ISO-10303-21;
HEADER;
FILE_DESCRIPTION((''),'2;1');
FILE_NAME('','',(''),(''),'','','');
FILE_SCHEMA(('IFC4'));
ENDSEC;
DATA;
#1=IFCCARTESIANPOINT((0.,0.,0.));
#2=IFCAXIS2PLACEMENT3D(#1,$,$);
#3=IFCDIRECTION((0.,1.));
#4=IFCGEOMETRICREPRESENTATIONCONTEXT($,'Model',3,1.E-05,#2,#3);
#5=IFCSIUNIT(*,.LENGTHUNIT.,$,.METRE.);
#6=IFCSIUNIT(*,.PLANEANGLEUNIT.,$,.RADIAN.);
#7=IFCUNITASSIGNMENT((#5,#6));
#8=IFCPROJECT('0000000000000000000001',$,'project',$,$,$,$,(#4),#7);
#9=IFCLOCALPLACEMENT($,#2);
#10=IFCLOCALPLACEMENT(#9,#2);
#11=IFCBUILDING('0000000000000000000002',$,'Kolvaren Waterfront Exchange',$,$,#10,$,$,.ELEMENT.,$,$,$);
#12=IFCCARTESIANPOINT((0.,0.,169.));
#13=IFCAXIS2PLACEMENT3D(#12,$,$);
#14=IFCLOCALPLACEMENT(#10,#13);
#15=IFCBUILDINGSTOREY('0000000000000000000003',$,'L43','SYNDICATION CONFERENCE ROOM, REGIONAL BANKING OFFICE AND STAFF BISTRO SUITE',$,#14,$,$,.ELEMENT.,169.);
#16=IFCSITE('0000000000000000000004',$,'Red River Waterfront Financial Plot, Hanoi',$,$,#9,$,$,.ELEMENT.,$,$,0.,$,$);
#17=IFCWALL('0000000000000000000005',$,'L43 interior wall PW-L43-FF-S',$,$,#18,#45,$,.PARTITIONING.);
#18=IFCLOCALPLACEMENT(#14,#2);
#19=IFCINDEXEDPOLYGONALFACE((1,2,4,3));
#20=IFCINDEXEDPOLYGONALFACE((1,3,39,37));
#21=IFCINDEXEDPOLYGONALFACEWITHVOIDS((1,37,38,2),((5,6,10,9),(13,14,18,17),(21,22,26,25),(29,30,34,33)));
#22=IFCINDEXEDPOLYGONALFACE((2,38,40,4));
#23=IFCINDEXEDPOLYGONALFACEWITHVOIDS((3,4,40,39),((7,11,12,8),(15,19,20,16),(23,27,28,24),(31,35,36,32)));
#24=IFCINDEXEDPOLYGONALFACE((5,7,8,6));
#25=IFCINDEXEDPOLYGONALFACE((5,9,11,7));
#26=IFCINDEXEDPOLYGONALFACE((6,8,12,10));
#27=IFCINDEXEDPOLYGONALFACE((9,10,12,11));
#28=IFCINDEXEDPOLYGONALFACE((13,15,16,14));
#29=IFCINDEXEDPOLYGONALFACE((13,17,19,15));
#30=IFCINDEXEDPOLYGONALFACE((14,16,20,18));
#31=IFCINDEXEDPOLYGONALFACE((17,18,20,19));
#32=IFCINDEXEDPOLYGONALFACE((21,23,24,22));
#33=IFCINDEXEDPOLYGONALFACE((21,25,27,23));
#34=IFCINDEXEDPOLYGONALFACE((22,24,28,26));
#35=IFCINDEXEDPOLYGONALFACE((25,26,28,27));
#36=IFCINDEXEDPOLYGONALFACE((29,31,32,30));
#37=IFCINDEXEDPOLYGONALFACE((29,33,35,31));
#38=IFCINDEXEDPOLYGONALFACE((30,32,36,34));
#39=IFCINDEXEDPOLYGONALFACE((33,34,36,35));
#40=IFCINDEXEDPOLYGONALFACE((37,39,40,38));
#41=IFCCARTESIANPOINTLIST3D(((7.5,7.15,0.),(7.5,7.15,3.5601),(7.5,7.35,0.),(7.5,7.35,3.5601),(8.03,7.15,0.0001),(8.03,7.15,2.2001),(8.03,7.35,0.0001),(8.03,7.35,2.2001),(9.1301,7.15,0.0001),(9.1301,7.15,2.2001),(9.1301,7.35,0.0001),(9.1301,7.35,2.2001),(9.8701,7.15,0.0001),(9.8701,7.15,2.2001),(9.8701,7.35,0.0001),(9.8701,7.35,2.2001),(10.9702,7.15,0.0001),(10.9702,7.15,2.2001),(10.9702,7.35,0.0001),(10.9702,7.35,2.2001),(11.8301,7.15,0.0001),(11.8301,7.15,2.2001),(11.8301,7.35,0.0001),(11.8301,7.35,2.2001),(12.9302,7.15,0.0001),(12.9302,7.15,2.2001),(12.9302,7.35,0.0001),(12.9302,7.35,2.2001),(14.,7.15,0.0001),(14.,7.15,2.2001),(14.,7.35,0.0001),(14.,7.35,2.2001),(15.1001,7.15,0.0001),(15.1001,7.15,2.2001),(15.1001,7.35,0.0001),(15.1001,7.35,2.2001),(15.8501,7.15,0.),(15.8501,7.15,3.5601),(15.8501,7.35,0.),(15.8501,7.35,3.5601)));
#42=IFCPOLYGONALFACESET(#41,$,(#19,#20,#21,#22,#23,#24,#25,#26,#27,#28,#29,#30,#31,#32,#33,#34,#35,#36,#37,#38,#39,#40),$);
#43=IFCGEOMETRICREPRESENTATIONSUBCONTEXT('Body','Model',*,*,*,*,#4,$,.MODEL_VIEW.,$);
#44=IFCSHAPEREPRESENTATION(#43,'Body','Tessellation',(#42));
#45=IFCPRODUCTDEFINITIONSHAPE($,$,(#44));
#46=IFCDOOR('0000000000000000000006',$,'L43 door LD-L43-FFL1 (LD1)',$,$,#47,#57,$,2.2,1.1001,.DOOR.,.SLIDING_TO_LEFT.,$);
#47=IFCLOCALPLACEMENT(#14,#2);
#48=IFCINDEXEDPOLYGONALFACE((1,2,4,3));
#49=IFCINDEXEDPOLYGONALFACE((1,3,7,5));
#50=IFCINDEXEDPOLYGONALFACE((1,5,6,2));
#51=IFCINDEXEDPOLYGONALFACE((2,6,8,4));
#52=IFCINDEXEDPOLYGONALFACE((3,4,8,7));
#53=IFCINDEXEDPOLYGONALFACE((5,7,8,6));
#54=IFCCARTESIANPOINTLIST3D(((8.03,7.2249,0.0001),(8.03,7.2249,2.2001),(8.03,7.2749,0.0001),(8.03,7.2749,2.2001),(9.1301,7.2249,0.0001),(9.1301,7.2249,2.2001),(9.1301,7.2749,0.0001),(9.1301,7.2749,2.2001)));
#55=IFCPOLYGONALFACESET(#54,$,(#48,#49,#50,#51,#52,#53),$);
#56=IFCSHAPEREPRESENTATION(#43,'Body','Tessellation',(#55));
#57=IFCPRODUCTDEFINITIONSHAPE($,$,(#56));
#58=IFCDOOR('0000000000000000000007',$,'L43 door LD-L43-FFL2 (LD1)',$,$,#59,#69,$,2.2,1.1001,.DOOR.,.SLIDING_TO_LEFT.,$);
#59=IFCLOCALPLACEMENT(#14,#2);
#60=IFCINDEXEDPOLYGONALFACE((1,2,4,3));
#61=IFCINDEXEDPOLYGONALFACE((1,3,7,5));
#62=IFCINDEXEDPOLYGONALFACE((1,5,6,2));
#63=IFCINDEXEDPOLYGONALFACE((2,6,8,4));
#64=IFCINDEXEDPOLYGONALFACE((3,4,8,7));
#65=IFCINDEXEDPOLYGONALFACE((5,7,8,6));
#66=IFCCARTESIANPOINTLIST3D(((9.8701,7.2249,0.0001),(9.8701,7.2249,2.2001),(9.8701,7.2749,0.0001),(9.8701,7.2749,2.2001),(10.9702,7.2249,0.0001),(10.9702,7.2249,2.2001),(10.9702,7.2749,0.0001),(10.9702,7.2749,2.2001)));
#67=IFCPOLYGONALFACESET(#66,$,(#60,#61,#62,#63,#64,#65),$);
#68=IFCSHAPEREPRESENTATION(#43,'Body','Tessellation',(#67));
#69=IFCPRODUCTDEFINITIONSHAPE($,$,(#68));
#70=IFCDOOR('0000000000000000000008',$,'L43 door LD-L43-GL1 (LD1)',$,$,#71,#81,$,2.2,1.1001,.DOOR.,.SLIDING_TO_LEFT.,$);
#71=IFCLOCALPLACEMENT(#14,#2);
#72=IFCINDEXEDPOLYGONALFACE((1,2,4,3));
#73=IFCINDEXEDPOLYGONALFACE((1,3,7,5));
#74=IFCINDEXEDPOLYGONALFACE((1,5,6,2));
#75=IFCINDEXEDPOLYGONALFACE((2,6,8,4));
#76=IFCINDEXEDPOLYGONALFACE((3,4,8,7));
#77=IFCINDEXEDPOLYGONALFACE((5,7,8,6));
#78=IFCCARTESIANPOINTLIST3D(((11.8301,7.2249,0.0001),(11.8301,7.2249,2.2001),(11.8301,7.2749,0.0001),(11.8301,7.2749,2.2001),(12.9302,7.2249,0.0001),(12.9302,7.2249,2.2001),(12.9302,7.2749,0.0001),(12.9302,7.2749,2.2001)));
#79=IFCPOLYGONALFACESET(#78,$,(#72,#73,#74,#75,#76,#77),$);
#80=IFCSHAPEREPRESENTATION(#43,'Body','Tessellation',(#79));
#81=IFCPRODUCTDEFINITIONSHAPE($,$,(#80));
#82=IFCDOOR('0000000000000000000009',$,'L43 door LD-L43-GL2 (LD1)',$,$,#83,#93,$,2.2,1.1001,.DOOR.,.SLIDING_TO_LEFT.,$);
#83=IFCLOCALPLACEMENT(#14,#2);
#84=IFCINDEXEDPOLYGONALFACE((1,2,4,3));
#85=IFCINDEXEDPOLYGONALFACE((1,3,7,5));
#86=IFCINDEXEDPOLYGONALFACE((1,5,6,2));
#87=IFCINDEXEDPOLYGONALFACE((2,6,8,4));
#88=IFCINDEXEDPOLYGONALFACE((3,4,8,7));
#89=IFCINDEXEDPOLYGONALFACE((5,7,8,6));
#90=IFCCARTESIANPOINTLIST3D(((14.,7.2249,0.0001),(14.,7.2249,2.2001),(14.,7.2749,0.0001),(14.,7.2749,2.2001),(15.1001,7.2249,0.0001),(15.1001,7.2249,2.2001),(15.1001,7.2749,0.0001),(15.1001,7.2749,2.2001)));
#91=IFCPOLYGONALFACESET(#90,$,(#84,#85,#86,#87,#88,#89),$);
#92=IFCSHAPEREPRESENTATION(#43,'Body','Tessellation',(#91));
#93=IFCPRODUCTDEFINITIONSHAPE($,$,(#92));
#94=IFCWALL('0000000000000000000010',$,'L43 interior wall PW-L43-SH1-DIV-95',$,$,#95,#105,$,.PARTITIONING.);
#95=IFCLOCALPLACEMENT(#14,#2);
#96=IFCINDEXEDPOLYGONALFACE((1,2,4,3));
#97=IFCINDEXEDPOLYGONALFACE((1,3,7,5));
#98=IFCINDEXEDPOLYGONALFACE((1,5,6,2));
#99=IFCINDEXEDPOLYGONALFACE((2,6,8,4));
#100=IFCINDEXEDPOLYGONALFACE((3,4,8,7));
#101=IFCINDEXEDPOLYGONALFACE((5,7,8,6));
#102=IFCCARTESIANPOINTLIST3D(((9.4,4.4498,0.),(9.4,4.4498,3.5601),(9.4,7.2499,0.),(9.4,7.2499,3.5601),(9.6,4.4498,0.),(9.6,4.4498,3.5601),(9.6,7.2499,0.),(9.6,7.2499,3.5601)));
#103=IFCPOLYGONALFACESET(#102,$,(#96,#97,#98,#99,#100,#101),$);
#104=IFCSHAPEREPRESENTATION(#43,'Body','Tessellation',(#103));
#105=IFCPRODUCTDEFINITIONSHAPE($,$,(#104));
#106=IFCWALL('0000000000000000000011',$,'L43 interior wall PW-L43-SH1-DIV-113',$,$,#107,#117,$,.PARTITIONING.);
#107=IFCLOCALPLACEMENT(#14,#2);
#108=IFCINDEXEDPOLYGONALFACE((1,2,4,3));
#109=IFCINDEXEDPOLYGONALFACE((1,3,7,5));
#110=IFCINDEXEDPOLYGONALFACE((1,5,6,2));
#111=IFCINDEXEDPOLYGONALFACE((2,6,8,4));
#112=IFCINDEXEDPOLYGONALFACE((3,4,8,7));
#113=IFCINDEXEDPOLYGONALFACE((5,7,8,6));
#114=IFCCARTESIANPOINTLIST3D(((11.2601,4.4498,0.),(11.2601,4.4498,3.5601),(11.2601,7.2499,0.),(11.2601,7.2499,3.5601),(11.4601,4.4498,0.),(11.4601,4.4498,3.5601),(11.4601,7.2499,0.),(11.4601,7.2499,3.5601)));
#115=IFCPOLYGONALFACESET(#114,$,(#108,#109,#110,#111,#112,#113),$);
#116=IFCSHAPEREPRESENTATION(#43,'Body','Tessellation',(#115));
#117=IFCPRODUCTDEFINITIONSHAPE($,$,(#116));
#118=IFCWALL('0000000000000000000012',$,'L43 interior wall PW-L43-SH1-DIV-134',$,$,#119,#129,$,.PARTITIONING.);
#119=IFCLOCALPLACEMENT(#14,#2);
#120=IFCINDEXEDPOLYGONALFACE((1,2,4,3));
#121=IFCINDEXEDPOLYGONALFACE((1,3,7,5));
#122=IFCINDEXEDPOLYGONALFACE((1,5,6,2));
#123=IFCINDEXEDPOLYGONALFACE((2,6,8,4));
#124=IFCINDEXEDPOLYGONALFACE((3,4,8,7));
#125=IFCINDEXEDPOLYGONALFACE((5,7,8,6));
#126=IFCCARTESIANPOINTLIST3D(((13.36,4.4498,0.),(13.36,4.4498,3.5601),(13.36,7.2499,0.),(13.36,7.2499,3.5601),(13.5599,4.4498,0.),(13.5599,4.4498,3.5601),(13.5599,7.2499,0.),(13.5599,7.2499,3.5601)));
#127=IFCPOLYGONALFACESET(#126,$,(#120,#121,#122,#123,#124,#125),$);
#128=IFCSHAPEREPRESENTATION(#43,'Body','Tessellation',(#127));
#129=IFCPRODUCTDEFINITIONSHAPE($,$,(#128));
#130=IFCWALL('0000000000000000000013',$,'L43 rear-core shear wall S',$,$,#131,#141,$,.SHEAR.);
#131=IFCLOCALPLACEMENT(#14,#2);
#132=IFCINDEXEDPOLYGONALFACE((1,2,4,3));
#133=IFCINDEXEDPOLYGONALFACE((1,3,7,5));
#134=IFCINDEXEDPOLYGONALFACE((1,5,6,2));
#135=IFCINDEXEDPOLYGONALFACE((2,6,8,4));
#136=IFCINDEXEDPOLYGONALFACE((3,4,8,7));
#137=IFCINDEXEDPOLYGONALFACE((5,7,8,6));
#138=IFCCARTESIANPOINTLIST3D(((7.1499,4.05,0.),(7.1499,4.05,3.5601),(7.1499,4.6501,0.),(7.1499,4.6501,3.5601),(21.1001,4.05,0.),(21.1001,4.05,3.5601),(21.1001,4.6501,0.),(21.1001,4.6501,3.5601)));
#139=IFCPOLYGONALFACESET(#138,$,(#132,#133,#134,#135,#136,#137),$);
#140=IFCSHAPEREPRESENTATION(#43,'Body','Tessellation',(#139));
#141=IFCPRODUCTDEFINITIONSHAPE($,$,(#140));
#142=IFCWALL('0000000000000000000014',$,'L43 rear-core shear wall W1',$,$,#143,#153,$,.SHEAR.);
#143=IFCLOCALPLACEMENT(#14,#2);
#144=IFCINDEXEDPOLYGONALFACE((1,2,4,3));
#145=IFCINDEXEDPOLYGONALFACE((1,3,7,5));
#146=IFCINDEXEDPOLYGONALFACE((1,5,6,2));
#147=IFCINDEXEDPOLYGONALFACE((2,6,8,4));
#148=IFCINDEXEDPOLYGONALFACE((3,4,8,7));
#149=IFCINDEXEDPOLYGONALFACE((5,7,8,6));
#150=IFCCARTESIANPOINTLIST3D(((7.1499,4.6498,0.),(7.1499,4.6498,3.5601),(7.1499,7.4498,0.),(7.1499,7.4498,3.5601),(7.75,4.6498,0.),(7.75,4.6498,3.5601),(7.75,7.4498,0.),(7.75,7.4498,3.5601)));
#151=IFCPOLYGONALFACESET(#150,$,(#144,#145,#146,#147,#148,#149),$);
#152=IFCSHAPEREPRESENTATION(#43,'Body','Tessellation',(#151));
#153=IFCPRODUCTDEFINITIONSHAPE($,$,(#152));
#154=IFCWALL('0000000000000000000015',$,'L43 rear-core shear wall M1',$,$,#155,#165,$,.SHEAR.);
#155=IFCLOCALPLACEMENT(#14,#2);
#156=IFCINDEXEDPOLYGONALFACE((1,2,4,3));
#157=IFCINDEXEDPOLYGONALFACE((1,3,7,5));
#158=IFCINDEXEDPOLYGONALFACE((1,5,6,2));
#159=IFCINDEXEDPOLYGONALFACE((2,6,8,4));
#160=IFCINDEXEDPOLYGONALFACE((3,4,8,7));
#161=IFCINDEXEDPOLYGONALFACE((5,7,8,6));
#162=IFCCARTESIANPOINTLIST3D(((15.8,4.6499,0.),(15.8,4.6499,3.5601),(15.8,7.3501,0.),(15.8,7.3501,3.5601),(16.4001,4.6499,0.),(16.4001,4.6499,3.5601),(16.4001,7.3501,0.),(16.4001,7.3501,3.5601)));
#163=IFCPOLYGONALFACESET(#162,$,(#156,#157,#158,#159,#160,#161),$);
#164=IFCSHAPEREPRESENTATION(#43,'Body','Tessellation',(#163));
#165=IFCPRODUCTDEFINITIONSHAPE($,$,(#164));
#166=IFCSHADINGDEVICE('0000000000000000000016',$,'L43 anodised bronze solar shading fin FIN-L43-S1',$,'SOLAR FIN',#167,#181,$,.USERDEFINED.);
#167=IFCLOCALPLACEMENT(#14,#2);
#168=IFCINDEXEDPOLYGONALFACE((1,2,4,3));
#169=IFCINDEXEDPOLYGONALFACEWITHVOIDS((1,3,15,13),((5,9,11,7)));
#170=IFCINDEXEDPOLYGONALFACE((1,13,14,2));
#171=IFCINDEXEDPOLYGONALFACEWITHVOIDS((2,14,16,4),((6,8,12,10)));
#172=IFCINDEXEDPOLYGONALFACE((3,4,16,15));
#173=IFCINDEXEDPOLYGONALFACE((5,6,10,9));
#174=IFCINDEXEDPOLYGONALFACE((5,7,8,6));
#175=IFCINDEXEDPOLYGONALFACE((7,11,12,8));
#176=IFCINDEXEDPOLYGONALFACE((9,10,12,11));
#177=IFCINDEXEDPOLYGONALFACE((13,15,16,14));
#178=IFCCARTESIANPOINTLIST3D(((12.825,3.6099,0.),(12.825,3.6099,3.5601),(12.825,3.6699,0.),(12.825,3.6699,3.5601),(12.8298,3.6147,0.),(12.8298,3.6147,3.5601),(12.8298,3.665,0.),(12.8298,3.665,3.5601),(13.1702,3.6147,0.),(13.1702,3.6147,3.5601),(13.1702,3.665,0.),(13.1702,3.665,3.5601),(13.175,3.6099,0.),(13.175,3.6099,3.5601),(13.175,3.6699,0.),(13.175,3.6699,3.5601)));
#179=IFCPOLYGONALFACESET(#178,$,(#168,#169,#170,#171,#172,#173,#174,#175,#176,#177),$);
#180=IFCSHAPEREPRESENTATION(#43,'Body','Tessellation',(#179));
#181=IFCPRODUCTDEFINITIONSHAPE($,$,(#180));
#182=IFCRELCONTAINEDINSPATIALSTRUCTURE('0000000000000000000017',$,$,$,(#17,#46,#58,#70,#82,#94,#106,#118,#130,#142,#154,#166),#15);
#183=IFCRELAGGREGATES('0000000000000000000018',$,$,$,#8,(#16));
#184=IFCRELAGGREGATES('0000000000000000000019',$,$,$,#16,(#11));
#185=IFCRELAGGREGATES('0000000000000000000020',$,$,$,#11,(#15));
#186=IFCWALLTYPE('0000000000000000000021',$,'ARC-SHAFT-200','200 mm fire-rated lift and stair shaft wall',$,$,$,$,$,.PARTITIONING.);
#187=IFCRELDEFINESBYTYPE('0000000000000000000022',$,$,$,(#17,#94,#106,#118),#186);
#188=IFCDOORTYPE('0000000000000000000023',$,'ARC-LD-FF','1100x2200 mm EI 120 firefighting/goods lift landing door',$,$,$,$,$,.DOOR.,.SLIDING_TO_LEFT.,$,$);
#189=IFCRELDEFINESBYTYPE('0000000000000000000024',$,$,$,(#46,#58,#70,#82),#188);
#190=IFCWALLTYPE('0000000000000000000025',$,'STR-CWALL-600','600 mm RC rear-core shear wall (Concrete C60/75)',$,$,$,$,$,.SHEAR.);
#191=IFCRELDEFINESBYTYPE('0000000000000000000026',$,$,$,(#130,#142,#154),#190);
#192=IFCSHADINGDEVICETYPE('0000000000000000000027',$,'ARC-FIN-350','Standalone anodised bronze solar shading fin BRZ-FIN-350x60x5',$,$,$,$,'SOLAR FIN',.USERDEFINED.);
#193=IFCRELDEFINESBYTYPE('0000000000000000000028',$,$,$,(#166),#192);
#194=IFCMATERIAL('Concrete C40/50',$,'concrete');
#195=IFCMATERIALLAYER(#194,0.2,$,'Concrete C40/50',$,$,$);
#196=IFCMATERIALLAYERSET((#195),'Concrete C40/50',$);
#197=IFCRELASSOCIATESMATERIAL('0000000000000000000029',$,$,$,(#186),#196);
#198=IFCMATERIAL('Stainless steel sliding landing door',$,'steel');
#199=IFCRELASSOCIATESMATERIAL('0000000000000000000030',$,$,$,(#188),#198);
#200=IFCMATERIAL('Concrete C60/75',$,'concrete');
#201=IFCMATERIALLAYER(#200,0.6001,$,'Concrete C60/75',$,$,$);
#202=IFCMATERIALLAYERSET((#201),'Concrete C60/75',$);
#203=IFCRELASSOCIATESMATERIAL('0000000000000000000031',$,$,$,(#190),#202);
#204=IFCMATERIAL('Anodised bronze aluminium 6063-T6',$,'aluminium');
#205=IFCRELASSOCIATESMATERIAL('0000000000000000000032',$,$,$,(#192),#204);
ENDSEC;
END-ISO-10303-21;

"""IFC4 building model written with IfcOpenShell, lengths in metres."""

from ifc_helpers import new_model, si_unit, direction, frame, frame_2d, origin, origin_2d, place, context, subcontext, project, spatial, rectangle, hollow_rectangle, extrude, material, layer, layer_set, material_profile, profile_set, type_object, element, fill, save


model = new_model("IFC4")

# Units and contexts
model_context = context("Model", 3, precision=1e-05, world=origin(), true_north=direction((0.0, 1.0)))
body_context = subcontext(model_context, "Body", "Model", "MODEL_VIEW")
ifc_project = project(units=[si_unit("LENGTHUNIT", "METRE"), si_unit("PLANEANGLEUNIT", "RADIAN")], contexts=[model_context])

# Site, building, storey
site_placement = place(None, origin())
site = spatial("IfcSite", under=ifc_project, at=site_placement, Name="Red River Waterfront Financial Plot, Hanoi", CompositionType="ELEMENT", RefElevation=0.0)
building_placement = place(site_placement, origin())
building = spatial("IfcBuilding", under=site, at=building_placement, Name="Kolvaren Waterfront Exchange", CompositionType="ELEMENT")
storey_placement = place(building_placement, frame((0.0, 0.0, 169.0)))
storey = spatial("IfcBuildingStorey", under=building, at=storey_placement, Name="L43", Description="SYNDICATION CONFERENCE ROOM, REGIONAL BANKING OFFICE AND STAFF BISTRO SUITE", CompositionType="ELEMENT", Elevation=169.0)

# Shared definitions
ifc_material_1 = material(Name="Concrete C60/75", Category="concrete")

# Shared definitions
ifc_material_2 = material(Name="Anodised bronze aluminium 6063-T6", Category="aluminium")

# Shared definitions
ifc_material_3 = material(Name="Concrete C40/50", Category="concrete")
ifc_layer_1 = layer(ifc_material_3, 0.2, Name="Concrete C40/50")
ifc_layer_set_1 = layer_set([ifc_layer_1], Name="Concrete C40/50")
wall_type_1 = type_object("IfcWallType", Name="ARC-SHAFT-200", Description="200 mm fire-rated lift and stair shaft wall", PredefinedType="PARTITIONING", material=ifc_layer_set_1)

# Wall, openings, doors
wall_1_placement = place(storey_placement, frame((7.5, 7.25, 0.0), z_axis=(0.0, 0.0, 1.0), x_axis=(1.0, 0.0, 0.0)))
wall_1 = element("IfcWall", 1, at=wall_1_placement, inside=storey, type_object=wall_type_1, Name="L43 interior wall PW-L43-FF-S", PredefinedType="PARTITIONING", context=body_context, shape_type="SweptSolid", body=[
    extrude(rectangle(XDim=8.3501, YDim=0.2, at=frame_2d((4.175, 0.0))), origin(), (0.0, 0.0, 1.0), 3.5601),
])
opening_1_placement = place(wall_1_placement, frame((0.53, 0.0, 0.0)))
opening_1 = element("IfcOpeningElement", 2, at=opening_1_placement, cuts=wall_1, PredefinedType="OPENING", context=body_context, shape_type="SweptSolid", body=[
    extrude(rectangle(XDim=1.1001, YDim=2.2, at=frame_2d((0.55, 1.1001))), frame((0.0, 0.1099, 0.0), z_axis=(0.0, -1.0, 0.0), x_axis=(1.0, 0.0, 0.0)), (0.0, 0.0, 1.0), 0.22),
])
opening_2_placement = place(wall_1_placement, frame((2.3701, 0.0, 0.0)))
opening_2 = element("IfcOpeningElement", 3, at=opening_2_placement, cuts=wall_1, PredefinedType="OPENING", context=body_context, shape_type="SweptSolid", body=[
    extrude(rectangle(XDim=1.1001, YDim=2.2, at=frame_2d((0.55, 1.1001))), frame((0.0, 0.1099, 0.0), z_axis=(0.0, -1.0, 0.0), x_axis=(1.0, 0.0, 0.0)), (0.0, 0.0, 1.0), 0.22),
])
opening_3_placement = place(wall_1_placement, frame((4.3301, 0.0, 0.0)))
opening_3 = element("IfcOpeningElement", 4, at=opening_3_placement, cuts=wall_1, PredefinedType="OPENING", context=body_context, shape_type="SweptSolid", body=[
    extrude(rectangle(XDim=1.1001, YDim=2.2, at=frame_2d((0.55, 1.1001))), frame((0.0, 0.1099, 0.0), z_axis=(0.0, -1.0, 0.0), x_axis=(1.0, 0.0, 0.0)), (0.0, 0.0, 1.0), 0.22),
])
opening_4_placement = place(wall_1_placement, frame((6.5, 0.0, 0.0)))
opening_4 = element("IfcOpeningElement", 5, at=opening_4_placement, cuts=wall_1, PredefinedType="OPENING", context=body_context, shape_type="SweptSolid", body=[
    extrude(rectangle(XDim=1.1001, YDim=2.2, at=frame_2d((0.55, 1.1001))), frame((0.0, 0.1099, 0.0), z_axis=(0.0, -1.0, 0.0), x_axis=(1.0, 0.0, 0.0)), (0.0, 0.0, 1.0), 0.22),
])
ifc_material_4 = material(Name="Stainless steel sliding landing door", Category="steel")
door_type_1 = type_object("IfcDoorType", Name="ARC-LD-FF", Description="1100x2200 mm EI 120 firefighting/goods lift landing door", OperationType="SLIDING_TO_LEFT", PredefinedType="DOOR", material=ifc_material_4)
door_1_placement = place(opening_1_placement, origin())
door_1 = element("IfcDoor", 6, at=door_1_placement, inside=storey, type_object=door_type_1, Name="L43 door LD-L43-FFL1 (LD1)", OperationType="SLIDING_TO_LEFT", OverallHeight=2.2, OverallWidth=1.1001, PredefinedType="DOOR", context=body_context, shape_type="SweptSolid", body=[
    extrude(rectangle(XDim=1.1001, YDim=2.2, at=frame_2d((0.55, 1.1001))), frame((0.0, 0.0249, 0.0), z_axis=(0.0, -1.0, 0.0), x_axis=(1.0, 0.0, 0.0)), (0.0, 0.0, 1.0), 0.05),
])
fill(opening_1, door_1)
door_2_placement = place(opening_2_placement, origin())
door_2 = element("IfcDoor", 7, at=door_2_placement, inside=storey, type_object=door_type_1, Name="L43 door LD-L43-FFL2 (LD1)", OperationType="SLIDING_TO_LEFT", OverallHeight=2.2, OverallWidth=1.1001, PredefinedType="DOOR", context=body_context, shape_type="SweptSolid", body=[
    extrude(rectangle(XDim=1.1001, YDim=2.2, at=frame_2d((0.55, 1.1001))), frame((0.0, 0.0249, 0.0), z_axis=(0.0, -1.0, 0.0), x_axis=(1.0, 0.0, 0.0)), (0.0, 0.0, 1.0), 0.05),
])
fill(opening_2, door_2)
door_3_placement = place(opening_3_placement, origin())
door_3 = element("IfcDoor", 8, at=door_3_placement, inside=storey, type_object=door_type_1, Name="L43 door LD-L43-GL1 (LD1)", OperationType="SLIDING_TO_LEFT", OverallHeight=2.2, OverallWidth=1.1001, PredefinedType="DOOR", context=body_context, shape_type="SweptSolid", body=[
    extrude(rectangle(XDim=1.1001, YDim=2.2, at=frame_2d((0.55, 1.1001))), frame((0.0, 0.0249, 0.0), z_axis=(0.0, -1.0, 0.0), x_axis=(1.0, 0.0, 0.0)), (0.0, 0.0, 1.0), 0.05),
])
fill(opening_3, door_3)
door_4_placement = place(opening_4_placement, origin())
door_4 = element("IfcDoor", 9, at=door_4_placement, inside=storey, type_object=door_type_1, Name="L43 door LD-L43-GL2 (LD1)", OperationType="SLIDING_TO_LEFT", OverallHeight=2.2, OverallWidth=1.1001, PredefinedType="DOOR", context=body_context, shape_type="SweptSolid", body=[
    extrude(rectangle(XDim=1.1001, YDim=2.2, at=frame_2d((0.55, 1.1001))), frame((0.0, 0.0249, 0.0), z_axis=(0.0, -1.0, 0.0), x_axis=(1.0, 0.0, 0.0)), (0.0, 0.0, 1.0), 0.05),
])
fill(opening_4, door_4)

# Walls
for number, where, z_axis, x_axis, name in (
    (10, (9.5, 4.45, 0.0), (0.0, 0.0, 1.0), (0.0, 1.0, 0.0), "L43 interior wall PW-L43-SH1-DIV-95"),
    (11, (11.3601, 4.45, 0.0), (0.0, 0.0, 1.0), (0.0, 1.0, 0.0), "L43 interior wall PW-L43-SH1-DIV-113"),
    (12, (13.46, 4.45, 0.0), (0.0, 0.0, 1.0), (0.0, 1.0, 0.0), "L43 interior wall PW-L43-SH1-DIV-134"),
):
    element("IfcWall", number, at=place(storey_placement, frame(where, z_axis=z_axis, x_axis=x_axis)), inside=storey, type_object=wall_type_1, Name=name, PredefinedType="PARTITIONING", context=body_context, shape_type="SweptSolid", body=[
        extrude(rectangle(XDim=2.8, YDim=0.2, at=frame_2d((1.3999, 0.0))), origin(), (0.0, 0.0, 1.0), 3.5601),
    ])
ifc_layer_2 = layer(ifc_material_1, 0.6001, Name="Concrete C60/75")
ifc_layer_set_2 = layer_set([ifc_layer_2], Name="Concrete C60/75")
wall_type_2 = type_object("IfcWallType", Name="STR-CWALL-600", Description="600 mm RC rear-core shear wall (Concrete C60/75)", PredefinedType="SHEAR", material=ifc_layer_set_2)
wall_2_placement = place(storey_placement, frame((7.1499, 4.3501, 0.0), z_axis=(0.0, 0.0, 1.0), x_axis=(1.0, 0.0, 0.0)))
element("IfcWall", 13, at=wall_2_placement, inside=storey, type_object=wall_type_2, Name="L43 rear-core shear wall S", PredefinedType="SHEAR", context=body_context, shape_type="SweptSolid", body=[
    extrude(rectangle(XDim=13.9502, YDim=0.6001, at=frame_2d((6.9751, 0.0))), origin(), (0.0, 0.0, 1.0), 3.5601),
])
wall_3_placement = place(storey_placement, frame((7.45, 4.6499, 0.0), z_axis=(0.0, 0.0, 1.0), x_axis=(0.0, 1.0, 0.0)))
element("IfcWall", 14, at=wall_3_placement, inside=storey, type_object=wall_type_2, Name="L43 rear-core shear wall W1", PredefinedType="SHEAR", context=body_context, shape_type="SweptSolid", body=[
    extrude(rectangle(XDim=2.8, YDim=0.6001, at=frame_2d((1.3999, 0.0))), origin(), (0.0, 0.0, 1.0), 3.5601),
])
wall_4_placement = place(storey_placement, frame((16.1001, 4.6499, 0.0), z_axis=(0.0, 0.0, 1.0), x_axis=(0.0, 1.0, 0.0)))
element("IfcWall", 15, at=wall_4_placement, inside=storey, type_object=wall_type_2, Name="L43 rear-core shear wall M1", PredefinedType="SHEAR", context=body_context, shape_type="SweptSolid", body=[
    extrude(rectangle(XDim=2.7002, YDim=0.6001, at=frame_2d((1.3501, 0.0))), origin(), (0.0, 0.0, 1.0), 3.5601),
])

# Shading device
ifc_material_profile_1 = material_profile(ifc_material_2, hollow_rectangle(XDim=0.0601, YDim=0.3501, WallThickness=0.0049, at=origin_2d()), Name="BRZ-FIN-350x60x5")
ifc_profile_set_1 = profile_set([ifc_material_profile_1], Name="Anodised bronze aluminium 6063-T6")
shading_device_type = type_object("IfcShadingDeviceType", Name="ARC-FIN-350", Description="Standalone anodised bronze solar shading fin BRZ-FIN-350x60x5", ElementType="SOLAR FIN", PredefinedType="USERDEFINED", material=ifc_profile_set_1)
shading_device_placement = place(storey_placement, frame((13.0, 3.6399, 0.0), z_axis=(0.0, 0.0, 1.0), x_axis=(0.0, -1.0, 0.0)))
element("IfcShadingDevice", 16, at=shading_device_placement, inside=storey, type_object=shading_device_type, Name="L43 anodised bronze solar shading fin FIN-L43-S1", ObjectType="SOLAR FIN", PredefinedType="USERDEFINED", context=body_context, shape_type="SweptSolid", body=[
    extrude(hollow_rectangle(XDim=0.0601, YDim=0.3501, WallThickness=0.0049, at=origin_2d()), origin(), (0.0, 0.0, 1.0), 3.5601),
])

save(model, "model.ifc")
